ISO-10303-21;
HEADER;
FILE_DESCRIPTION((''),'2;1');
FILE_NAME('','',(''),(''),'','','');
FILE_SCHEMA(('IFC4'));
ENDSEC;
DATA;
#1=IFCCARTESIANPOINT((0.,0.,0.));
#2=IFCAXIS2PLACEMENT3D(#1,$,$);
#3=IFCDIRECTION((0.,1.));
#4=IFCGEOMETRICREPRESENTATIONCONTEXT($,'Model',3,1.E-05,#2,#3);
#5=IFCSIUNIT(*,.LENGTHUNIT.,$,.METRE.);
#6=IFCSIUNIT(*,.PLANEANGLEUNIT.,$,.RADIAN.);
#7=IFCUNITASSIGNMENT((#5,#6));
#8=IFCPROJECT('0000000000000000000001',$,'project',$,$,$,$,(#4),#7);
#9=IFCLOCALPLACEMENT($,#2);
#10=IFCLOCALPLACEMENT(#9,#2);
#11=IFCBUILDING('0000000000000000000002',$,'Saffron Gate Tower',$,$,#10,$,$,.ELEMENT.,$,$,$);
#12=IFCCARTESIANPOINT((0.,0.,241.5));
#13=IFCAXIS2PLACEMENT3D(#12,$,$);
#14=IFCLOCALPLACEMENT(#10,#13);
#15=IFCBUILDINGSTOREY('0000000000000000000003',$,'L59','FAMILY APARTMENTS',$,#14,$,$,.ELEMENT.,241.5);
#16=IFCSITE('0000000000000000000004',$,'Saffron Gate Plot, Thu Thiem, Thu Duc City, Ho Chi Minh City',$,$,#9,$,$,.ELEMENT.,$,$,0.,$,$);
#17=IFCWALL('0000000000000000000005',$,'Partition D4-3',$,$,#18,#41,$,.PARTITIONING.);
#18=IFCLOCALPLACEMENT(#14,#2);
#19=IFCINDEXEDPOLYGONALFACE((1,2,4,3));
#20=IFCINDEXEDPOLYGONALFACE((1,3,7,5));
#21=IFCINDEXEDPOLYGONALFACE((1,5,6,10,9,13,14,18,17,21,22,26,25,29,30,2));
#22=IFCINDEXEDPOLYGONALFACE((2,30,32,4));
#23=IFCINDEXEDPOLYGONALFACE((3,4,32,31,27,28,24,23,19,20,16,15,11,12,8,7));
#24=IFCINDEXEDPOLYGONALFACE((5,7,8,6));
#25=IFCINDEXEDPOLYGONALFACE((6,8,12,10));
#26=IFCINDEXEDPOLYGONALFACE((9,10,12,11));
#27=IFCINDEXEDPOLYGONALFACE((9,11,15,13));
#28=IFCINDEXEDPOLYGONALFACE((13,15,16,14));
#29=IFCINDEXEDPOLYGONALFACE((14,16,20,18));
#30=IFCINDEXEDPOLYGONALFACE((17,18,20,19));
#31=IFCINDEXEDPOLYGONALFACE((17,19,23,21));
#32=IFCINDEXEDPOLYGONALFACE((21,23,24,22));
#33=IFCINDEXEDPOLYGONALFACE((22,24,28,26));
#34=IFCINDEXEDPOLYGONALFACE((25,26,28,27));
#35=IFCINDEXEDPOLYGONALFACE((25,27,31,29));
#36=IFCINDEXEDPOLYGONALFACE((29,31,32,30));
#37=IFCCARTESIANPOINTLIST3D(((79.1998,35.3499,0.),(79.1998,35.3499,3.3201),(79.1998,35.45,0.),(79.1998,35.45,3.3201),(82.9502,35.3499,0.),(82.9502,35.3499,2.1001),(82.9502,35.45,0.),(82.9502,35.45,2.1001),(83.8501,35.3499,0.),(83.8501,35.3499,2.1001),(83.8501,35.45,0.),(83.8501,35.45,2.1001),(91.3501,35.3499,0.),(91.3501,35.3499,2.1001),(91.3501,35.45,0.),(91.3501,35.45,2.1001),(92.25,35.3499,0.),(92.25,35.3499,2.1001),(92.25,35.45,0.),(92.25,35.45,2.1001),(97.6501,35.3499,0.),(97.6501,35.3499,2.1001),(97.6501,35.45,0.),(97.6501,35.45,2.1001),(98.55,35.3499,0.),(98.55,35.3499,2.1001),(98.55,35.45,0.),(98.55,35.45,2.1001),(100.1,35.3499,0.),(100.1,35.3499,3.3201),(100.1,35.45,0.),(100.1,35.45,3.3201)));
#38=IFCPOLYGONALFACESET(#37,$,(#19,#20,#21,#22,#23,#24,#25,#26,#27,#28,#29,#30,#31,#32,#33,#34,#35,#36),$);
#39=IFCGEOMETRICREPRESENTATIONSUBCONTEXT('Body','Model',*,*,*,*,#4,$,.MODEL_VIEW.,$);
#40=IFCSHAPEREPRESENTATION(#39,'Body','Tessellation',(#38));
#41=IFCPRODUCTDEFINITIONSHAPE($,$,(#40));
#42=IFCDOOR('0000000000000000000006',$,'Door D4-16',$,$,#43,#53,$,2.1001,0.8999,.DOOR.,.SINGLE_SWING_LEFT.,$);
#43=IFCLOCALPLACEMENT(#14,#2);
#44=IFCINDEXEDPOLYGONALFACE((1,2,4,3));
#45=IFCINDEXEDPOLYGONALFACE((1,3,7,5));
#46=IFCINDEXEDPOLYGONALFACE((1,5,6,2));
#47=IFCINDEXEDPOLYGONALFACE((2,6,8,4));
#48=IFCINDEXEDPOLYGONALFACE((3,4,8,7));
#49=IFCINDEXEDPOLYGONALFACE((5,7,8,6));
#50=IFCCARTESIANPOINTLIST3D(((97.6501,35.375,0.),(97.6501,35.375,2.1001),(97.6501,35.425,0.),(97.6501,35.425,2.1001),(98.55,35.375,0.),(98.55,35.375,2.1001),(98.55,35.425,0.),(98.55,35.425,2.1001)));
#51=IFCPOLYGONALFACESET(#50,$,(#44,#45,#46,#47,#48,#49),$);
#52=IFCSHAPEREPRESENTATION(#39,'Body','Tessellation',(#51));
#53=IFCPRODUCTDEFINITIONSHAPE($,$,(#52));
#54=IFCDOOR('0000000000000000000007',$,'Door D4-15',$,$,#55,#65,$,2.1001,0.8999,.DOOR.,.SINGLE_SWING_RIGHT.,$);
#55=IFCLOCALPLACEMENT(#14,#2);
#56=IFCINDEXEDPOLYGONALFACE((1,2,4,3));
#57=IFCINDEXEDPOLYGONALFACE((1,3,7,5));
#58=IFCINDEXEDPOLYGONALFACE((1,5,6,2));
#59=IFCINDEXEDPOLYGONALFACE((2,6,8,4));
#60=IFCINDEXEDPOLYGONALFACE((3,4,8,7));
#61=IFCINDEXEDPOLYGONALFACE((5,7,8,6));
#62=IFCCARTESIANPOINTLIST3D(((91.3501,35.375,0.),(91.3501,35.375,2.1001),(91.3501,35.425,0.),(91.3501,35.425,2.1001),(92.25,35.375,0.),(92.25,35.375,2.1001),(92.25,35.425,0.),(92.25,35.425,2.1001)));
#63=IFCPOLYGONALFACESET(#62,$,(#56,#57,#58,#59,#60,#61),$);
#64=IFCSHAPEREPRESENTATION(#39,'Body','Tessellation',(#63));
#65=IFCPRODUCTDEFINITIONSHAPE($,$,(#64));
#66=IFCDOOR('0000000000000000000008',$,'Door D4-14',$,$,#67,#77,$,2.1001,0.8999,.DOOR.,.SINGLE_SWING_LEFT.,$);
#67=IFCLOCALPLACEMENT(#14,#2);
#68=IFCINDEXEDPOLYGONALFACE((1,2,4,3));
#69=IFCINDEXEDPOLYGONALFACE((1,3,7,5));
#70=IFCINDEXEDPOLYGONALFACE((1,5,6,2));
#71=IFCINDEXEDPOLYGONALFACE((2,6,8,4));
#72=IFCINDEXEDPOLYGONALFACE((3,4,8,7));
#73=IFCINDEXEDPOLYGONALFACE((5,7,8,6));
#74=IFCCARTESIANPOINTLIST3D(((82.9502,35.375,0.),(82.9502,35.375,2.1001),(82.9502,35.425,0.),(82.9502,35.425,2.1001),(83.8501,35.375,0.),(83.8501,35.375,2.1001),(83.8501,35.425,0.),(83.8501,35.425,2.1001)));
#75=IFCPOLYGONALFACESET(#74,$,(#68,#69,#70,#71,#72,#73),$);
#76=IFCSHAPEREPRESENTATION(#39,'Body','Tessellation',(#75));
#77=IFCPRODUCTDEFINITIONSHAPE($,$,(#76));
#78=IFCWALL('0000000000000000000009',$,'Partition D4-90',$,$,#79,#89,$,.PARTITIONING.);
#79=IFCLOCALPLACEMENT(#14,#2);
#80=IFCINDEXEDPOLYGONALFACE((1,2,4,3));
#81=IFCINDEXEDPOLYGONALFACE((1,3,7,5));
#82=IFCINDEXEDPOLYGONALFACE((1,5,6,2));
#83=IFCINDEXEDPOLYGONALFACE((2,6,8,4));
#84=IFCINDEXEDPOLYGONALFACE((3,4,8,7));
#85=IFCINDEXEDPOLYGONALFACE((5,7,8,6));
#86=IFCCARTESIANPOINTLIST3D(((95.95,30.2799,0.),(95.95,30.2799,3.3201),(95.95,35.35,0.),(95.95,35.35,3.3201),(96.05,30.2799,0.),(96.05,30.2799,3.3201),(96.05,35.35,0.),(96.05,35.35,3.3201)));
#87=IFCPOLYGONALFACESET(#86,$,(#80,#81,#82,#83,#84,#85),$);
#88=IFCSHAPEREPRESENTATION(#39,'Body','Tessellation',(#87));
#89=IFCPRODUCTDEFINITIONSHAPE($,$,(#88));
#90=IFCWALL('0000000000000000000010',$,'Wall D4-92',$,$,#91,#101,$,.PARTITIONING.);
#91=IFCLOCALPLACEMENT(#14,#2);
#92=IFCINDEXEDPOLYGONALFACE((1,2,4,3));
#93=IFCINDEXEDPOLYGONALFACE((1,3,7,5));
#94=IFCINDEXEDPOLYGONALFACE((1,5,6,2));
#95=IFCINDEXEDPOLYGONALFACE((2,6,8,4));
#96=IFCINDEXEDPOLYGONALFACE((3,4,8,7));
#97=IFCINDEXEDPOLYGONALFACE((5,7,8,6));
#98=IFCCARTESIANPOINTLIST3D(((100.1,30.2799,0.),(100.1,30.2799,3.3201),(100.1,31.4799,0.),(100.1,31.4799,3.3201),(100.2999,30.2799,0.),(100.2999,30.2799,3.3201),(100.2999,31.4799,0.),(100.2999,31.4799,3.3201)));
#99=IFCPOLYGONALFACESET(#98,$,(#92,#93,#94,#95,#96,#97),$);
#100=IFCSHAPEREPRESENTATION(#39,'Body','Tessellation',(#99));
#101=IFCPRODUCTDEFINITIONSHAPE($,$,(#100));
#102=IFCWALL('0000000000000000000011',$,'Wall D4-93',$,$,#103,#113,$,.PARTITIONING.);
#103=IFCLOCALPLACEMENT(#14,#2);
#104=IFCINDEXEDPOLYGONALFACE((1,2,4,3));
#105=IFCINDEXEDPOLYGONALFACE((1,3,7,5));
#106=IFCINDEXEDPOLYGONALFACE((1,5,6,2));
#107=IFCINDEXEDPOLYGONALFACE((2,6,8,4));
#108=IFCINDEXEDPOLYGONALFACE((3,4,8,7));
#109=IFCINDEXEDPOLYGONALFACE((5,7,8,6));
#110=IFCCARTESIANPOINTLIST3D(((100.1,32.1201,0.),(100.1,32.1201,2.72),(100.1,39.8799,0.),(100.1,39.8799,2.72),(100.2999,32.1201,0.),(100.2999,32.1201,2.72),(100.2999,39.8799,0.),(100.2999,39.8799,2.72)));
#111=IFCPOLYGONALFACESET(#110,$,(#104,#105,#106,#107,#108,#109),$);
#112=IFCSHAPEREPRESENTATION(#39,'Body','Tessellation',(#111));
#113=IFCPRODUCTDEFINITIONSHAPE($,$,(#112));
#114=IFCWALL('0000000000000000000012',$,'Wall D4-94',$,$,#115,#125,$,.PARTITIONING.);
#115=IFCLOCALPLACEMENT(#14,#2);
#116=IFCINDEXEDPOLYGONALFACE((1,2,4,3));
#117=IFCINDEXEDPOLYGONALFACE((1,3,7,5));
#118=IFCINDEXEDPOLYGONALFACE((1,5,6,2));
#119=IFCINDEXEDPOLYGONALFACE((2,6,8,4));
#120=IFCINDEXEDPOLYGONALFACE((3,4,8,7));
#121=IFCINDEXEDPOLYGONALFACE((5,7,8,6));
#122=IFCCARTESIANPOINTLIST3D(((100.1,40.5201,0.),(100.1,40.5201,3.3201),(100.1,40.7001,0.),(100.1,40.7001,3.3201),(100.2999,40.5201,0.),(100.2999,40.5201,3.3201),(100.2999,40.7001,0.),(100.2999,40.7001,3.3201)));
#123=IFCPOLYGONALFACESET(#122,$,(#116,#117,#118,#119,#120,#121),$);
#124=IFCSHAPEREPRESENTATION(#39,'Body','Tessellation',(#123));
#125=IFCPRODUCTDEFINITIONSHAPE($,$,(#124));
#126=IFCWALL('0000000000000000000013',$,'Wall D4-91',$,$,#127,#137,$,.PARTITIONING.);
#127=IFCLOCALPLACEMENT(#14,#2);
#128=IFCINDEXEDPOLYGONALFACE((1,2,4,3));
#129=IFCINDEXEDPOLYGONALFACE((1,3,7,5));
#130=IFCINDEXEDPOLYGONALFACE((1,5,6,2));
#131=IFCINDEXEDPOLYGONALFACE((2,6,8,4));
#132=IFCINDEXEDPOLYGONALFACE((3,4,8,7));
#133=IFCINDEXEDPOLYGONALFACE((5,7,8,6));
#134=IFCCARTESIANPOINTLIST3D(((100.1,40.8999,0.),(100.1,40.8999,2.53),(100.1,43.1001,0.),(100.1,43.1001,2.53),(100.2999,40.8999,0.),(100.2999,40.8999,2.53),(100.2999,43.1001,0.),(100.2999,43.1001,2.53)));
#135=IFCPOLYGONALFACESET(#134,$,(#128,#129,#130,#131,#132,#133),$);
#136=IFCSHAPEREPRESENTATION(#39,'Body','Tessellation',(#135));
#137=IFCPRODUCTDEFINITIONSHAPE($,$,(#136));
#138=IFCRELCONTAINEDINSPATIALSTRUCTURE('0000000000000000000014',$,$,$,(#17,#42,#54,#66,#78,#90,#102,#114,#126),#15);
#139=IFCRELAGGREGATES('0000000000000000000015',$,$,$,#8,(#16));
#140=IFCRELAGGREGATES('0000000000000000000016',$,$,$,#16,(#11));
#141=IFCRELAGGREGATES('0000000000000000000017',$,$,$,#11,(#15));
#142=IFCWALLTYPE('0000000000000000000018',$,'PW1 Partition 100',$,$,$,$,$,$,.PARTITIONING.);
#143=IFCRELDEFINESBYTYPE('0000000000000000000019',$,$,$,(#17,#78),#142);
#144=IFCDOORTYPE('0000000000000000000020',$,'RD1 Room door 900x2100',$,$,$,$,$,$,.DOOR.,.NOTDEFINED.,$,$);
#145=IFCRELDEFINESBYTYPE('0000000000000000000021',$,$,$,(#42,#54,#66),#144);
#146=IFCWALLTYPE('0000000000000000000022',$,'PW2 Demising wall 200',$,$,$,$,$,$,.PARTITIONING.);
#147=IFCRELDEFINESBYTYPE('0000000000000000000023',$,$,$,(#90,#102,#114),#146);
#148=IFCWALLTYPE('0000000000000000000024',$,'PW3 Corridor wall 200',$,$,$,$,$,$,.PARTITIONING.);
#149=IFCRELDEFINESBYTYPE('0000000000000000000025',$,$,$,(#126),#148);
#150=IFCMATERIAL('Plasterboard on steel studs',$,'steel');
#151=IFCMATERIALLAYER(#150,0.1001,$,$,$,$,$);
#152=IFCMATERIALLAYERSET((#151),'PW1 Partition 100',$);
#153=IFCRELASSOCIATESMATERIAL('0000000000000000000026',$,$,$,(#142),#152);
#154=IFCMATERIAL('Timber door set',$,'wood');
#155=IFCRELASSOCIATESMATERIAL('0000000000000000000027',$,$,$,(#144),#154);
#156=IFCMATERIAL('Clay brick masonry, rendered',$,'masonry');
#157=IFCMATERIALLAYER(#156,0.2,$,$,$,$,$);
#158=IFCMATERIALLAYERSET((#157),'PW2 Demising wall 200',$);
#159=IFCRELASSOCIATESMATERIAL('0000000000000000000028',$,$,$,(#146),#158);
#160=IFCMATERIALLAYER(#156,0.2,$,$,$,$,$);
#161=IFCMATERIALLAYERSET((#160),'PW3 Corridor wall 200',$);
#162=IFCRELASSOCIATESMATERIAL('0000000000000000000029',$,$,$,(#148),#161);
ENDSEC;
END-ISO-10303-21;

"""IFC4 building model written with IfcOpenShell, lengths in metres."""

from ifc_helpers import new_model, si_unit, direction, frame, frame_2d, origin, place, context, subcontext, project, spatial, rectangle, extrude, material, layer, layer_set, type_object, element, fill, save


model = new_model("IFC4")

# Units and contexts
model_context = context("Model", 3, precision=1e-05, world=origin(), true_north=direction((0.0, 1.0)))
body_context = subcontext(model_context, "Body", "Model", "MODEL_VIEW")
ifc_project = project(units=[si_unit("LENGTHUNIT", "METRE"), si_unit("PLANEANGLEUNIT", "RADIAN")], contexts=[model_context])

# Site, building, storey
site_placement = place(None, origin())
site = spatial("IfcSite", under=ifc_project, at=site_placement, Name="Saffron Gate Plot, Thu Thiem, Thu Duc City, Ho Chi Minh City", CompositionType="ELEMENT", RefElevation=0.0)
building_placement = place(site_placement, origin())
building = spatial("IfcBuilding", under=site, at=building_placement, Name="Saffron Gate Tower", CompositionType="ELEMENT")
storey_placement = place(building_placement, frame((0.0, 0.0, 241.5)))
storey = spatial("IfcBuildingStorey", under=building, at=storey_placement, Name="L59", Description="FAMILY APARTMENTS", CompositionType="ELEMENT", Elevation=241.5)

# Wall, openings, doors
ifc_material_1 = material(Name="Plasterboard on steel studs", Category="steel")
ifc_layer_1 = layer(ifc_material_1, 0.1001)
ifc_layer_set_1 = layer_set([ifc_layer_1], Name="PW1 Partition 100")
wall_type_1 = type_object("IfcWallType", Name="PW1 Partition 100", PredefinedType="PARTITIONING", material=ifc_layer_set_1)
wall_1_placement = place(storey_placement, frame((100.1001, 35.3999, 0.0), z_axis=(0.0, 0.0, 1.0), x_axis=(-1.0, 0.0, 0.0)))
wall_1 = element("IfcWall", 1, at=wall_1_placement, inside=storey, type_object=wall_type_1, Name="Partition D4-3", PredefinedType="PARTITIONING", context=body_context, shape_type="SweptSolid", body=[
    extrude(rectangle(XDim=20.9001, YDim=0.1001, at=frame_2d((10.4502, 0.0))), origin(), (0.0, 0.0, 1.0), 3.3201),
])
opening_1_placement = place(wall_1_placement, frame((1.55, 0.0, 0.0)))
opening_1 = element("IfcOpeningElement", 2, at=opening_1_placement, cuts=wall_1, PredefinedType="OPENING", context=body_context, shape_type="SweptSolid", body=[
    extrude(rectangle(XDim=0.8999, YDim=2.1001, at=frame_2d((0.45, 1.05))), frame((0.0, 0.0601, 0.0), z_axis=(0.0, -1.0, 0.0), x_axis=(1.0, 0.0, 0.0)), (0.0, 0.0, 1.0), 0.1201),
])
opening_2_placement = place(wall_1_placement, frame((7.8501, 0.0, 0.0)))
opening_2 = element("IfcOpeningElement", 3, at=opening_2_placement, cuts=wall_1, PredefinedType="OPENING", context=body_context, shape_type="SweptSolid", body=[
    extrude(rectangle(XDim=0.8999, YDim=2.1001, at=frame_2d((0.45, 1.05))), frame((0.0, 0.0601, 0.0), z_axis=(0.0, -1.0, 0.0), x_axis=(1.0, 0.0, 0.0)), (0.0, 0.0, 1.0), 0.1201),
])
opening_3_placement = place(wall_1_placement, frame((16.25, 0.0, 0.0)))
opening_3 = element("IfcOpeningElement", 4, at=opening_3_placement, cuts=wall_1, PredefinedType="OPENING", context=body_context, shape_type="SweptSolid", body=[
    extrude(rectangle(XDim=0.8999, YDim=2.1001, at=frame_2d((0.45, 1.05))), frame((0.0, 0.0601, 0.0), z_axis=(0.0, -1.0, 0.0), x_axis=(1.0, 0.0, 0.0)), (0.0, 0.0, 1.0), 0.1201),
])
ifc_material_2 = material(Name="Timber door set", Category="wood")
door_type = type_object("IfcDoorType", Name="RD1 Room door 900x2100", OperationType="NOTDEFINED", PredefinedType="DOOR", material=ifc_material_2)
door_1_placement = place(opening_1_placement, origin())
door_1 = element("IfcDoor", 5, at=door_1_placement, inside=storey, type_object=door_type, Name="Door D4-16", OperationType="SINGLE_SWING_LEFT", OverallHeight=2.1001, OverallWidth=0.8999, PredefinedType="DOOR", context=body_context, shape_type="SweptSolid", body=[
    extrude(rectangle(XDim=0.8999, YDim=2.1001, at=frame_2d((0.45, 1.05))), frame((0.0, 0.0249, 0.0), z_axis=(0.0, -1.0, 0.0), x_axis=(1.0, 0.0, 0.0)), (0.0, 0.0, 1.0), 0.05),
])
fill(opening_1, door_1)
door_2_placement = place(opening_2_placement, origin())
door_2 = element("IfcDoor", 6, at=door_2_placement, inside=storey, type_object=door_type, Name="Door D4-15", OperationType="SINGLE_SWING_RIGHT", OverallHeight=2.1001, OverallWidth=0.8999, PredefinedType="DOOR", context=body_context, shape_type="SweptSolid", body=[
    extrude(rectangle(XDim=0.8999, YDim=2.1001, at=frame_2d((0.45, 1.05))), frame((0.0, 0.0249, 0.0), z_axis=(0.0, -1.0, 0.0), x_axis=(1.0, 0.0, 0.0)), (0.0, 0.0, 1.0), 0.05),
])
fill(opening_2, door_2)
door_3_placement = place(opening_3_placement, origin())
door_3 = element("IfcDoor", 7, at=door_3_placement, inside=storey, type_object=door_type, Name="Door D4-14", OperationType="SINGLE_SWING_LEFT", OverallHeight=2.1001, OverallWidth=0.8999, PredefinedType="DOOR", context=body_context, shape_type="SweptSolid", body=[
    extrude(rectangle(XDim=0.8999, YDim=2.1001, at=frame_2d((0.45, 1.05))), frame((0.0, 0.0249, 0.0), z_axis=(0.0, -1.0, 0.0), x_axis=(1.0, 0.0, 0.0)), (0.0, 0.0, 1.0), 0.05),
])
fill(opening_3, door_3)

# Walls
wall_2_placement = place(storey_placement, frame((96.0, 35.3501, 0.0), z_axis=(0.0, 0.0, 1.0), x_axis=(0.0, -1.0, 0.0)))
element("IfcWall", 8, at=wall_2_placement, inside=storey, type_object=wall_type_1, Name="Partition D4-90", PredefinedType="PARTITIONING", context=body_context, shape_type="SweptSolid", body=[
    extrude(rectangle(XDim=5.0701, YDim=0.1001, at=frame_2d((2.5352, 0.0))), origin(), (0.0, 0.0, 1.0), 3.3201),
])
ifc_material_3 = material(Name="Clay brick masonry, rendered", Category="masonry")
ifc_layer_2 = layer(ifc_material_3, 0.2)
ifc_layer_set_2 = layer_set([ifc_layer_2], Name="PW2 Demising wall 200")
wall_type_2 = type_object("IfcWallType", Name="PW2 Demising wall 200", PredefinedType="PARTITIONING", material=ifc_layer_set_2)
wall_3_placement = place(storey_placement, frame((100.2, 31.48, 0.0), z_axis=(0.0, 0.0, 1.0), x_axis=(0.0, -1.0, 0.0)))
element("IfcWall", 9, at=wall_3_placement, inside=storey, type_object=wall_type_2, Name="Wall D4-92", PredefinedType="PARTITIONING", context=body_context, shape_type="SweptSolid", body=[
    extrude(rectangle(XDim=1.2, YDim=0.2, at=frame_2d((0.6001, 0.0))), origin(), (0.0, 0.0, 1.0), 3.3201),
])
wall_4_placement = place(storey_placement, frame((100.2, 39.8799, 0.0), z_axis=(0.0, 0.0, 1.0), x_axis=(0.0, -1.0, 0.0)))
element("IfcWall", 10, at=wall_4_placement, inside=storey, type_object=wall_type_2, Name="Wall D4-93", PredefinedType="PARTITIONING", context=body_context, shape_type="SweptSolid", body=[
    extrude(rectangle(XDim=7.7598, YDim=0.2, at=frame_2d((3.8799, 0.0))), origin(), (0.0, 0.0, 1.0), 2.72),
])
wall_5_placement = place(storey_placement, frame((100.2, 40.7, 0.0), z_axis=(0.0, 0.0, 1.0), x_axis=(0.0, -1.0, 0.0)))
element("IfcWall", 11, at=wall_5_placement, inside=storey, type_object=wall_type_2, Name="Wall D4-94", PredefinedType="PARTITIONING", context=body_context, shape_type="SweptSolid", body=[
    extrude(rectangle(XDim=0.1799, YDim=0.2, at=frame_2d((0.0898, 0.0))), origin(), (0.0, 0.0, 1.0), 3.3201),
])
ifc_layer_3 = layer(ifc_material_3, 0.2)
ifc_layer_set_3 = layer_set([ifc_layer_3], Name="PW3 Corridor wall 200")
wall_type_3 = type_object("IfcWallType", Name="PW3 Corridor wall 200", PredefinedType="PARTITIONING", material=ifc_layer_set_3)
wall_6_placement = place(storey_placement, frame((100.2, 43.1001, 0.0), z_axis=(0.0, 0.0, 1.0), x_axis=(0.0, -1.0, 0.0)))
element("IfcWall", 12, at=wall_6_placement, inside=storey, type_object=wall_type_3, Name="Wall D4-91", PredefinedType="PARTITIONING", context=body_context, shape_type="SweptSolid", body=[
    extrude(rectangle(XDim=2.2002, YDim=0.2, at=frame_2d((1.1001, 0.0))), origin(), (0.0, 0.0, 1.0), 2.53),
])

save(model, "model.ifc")
